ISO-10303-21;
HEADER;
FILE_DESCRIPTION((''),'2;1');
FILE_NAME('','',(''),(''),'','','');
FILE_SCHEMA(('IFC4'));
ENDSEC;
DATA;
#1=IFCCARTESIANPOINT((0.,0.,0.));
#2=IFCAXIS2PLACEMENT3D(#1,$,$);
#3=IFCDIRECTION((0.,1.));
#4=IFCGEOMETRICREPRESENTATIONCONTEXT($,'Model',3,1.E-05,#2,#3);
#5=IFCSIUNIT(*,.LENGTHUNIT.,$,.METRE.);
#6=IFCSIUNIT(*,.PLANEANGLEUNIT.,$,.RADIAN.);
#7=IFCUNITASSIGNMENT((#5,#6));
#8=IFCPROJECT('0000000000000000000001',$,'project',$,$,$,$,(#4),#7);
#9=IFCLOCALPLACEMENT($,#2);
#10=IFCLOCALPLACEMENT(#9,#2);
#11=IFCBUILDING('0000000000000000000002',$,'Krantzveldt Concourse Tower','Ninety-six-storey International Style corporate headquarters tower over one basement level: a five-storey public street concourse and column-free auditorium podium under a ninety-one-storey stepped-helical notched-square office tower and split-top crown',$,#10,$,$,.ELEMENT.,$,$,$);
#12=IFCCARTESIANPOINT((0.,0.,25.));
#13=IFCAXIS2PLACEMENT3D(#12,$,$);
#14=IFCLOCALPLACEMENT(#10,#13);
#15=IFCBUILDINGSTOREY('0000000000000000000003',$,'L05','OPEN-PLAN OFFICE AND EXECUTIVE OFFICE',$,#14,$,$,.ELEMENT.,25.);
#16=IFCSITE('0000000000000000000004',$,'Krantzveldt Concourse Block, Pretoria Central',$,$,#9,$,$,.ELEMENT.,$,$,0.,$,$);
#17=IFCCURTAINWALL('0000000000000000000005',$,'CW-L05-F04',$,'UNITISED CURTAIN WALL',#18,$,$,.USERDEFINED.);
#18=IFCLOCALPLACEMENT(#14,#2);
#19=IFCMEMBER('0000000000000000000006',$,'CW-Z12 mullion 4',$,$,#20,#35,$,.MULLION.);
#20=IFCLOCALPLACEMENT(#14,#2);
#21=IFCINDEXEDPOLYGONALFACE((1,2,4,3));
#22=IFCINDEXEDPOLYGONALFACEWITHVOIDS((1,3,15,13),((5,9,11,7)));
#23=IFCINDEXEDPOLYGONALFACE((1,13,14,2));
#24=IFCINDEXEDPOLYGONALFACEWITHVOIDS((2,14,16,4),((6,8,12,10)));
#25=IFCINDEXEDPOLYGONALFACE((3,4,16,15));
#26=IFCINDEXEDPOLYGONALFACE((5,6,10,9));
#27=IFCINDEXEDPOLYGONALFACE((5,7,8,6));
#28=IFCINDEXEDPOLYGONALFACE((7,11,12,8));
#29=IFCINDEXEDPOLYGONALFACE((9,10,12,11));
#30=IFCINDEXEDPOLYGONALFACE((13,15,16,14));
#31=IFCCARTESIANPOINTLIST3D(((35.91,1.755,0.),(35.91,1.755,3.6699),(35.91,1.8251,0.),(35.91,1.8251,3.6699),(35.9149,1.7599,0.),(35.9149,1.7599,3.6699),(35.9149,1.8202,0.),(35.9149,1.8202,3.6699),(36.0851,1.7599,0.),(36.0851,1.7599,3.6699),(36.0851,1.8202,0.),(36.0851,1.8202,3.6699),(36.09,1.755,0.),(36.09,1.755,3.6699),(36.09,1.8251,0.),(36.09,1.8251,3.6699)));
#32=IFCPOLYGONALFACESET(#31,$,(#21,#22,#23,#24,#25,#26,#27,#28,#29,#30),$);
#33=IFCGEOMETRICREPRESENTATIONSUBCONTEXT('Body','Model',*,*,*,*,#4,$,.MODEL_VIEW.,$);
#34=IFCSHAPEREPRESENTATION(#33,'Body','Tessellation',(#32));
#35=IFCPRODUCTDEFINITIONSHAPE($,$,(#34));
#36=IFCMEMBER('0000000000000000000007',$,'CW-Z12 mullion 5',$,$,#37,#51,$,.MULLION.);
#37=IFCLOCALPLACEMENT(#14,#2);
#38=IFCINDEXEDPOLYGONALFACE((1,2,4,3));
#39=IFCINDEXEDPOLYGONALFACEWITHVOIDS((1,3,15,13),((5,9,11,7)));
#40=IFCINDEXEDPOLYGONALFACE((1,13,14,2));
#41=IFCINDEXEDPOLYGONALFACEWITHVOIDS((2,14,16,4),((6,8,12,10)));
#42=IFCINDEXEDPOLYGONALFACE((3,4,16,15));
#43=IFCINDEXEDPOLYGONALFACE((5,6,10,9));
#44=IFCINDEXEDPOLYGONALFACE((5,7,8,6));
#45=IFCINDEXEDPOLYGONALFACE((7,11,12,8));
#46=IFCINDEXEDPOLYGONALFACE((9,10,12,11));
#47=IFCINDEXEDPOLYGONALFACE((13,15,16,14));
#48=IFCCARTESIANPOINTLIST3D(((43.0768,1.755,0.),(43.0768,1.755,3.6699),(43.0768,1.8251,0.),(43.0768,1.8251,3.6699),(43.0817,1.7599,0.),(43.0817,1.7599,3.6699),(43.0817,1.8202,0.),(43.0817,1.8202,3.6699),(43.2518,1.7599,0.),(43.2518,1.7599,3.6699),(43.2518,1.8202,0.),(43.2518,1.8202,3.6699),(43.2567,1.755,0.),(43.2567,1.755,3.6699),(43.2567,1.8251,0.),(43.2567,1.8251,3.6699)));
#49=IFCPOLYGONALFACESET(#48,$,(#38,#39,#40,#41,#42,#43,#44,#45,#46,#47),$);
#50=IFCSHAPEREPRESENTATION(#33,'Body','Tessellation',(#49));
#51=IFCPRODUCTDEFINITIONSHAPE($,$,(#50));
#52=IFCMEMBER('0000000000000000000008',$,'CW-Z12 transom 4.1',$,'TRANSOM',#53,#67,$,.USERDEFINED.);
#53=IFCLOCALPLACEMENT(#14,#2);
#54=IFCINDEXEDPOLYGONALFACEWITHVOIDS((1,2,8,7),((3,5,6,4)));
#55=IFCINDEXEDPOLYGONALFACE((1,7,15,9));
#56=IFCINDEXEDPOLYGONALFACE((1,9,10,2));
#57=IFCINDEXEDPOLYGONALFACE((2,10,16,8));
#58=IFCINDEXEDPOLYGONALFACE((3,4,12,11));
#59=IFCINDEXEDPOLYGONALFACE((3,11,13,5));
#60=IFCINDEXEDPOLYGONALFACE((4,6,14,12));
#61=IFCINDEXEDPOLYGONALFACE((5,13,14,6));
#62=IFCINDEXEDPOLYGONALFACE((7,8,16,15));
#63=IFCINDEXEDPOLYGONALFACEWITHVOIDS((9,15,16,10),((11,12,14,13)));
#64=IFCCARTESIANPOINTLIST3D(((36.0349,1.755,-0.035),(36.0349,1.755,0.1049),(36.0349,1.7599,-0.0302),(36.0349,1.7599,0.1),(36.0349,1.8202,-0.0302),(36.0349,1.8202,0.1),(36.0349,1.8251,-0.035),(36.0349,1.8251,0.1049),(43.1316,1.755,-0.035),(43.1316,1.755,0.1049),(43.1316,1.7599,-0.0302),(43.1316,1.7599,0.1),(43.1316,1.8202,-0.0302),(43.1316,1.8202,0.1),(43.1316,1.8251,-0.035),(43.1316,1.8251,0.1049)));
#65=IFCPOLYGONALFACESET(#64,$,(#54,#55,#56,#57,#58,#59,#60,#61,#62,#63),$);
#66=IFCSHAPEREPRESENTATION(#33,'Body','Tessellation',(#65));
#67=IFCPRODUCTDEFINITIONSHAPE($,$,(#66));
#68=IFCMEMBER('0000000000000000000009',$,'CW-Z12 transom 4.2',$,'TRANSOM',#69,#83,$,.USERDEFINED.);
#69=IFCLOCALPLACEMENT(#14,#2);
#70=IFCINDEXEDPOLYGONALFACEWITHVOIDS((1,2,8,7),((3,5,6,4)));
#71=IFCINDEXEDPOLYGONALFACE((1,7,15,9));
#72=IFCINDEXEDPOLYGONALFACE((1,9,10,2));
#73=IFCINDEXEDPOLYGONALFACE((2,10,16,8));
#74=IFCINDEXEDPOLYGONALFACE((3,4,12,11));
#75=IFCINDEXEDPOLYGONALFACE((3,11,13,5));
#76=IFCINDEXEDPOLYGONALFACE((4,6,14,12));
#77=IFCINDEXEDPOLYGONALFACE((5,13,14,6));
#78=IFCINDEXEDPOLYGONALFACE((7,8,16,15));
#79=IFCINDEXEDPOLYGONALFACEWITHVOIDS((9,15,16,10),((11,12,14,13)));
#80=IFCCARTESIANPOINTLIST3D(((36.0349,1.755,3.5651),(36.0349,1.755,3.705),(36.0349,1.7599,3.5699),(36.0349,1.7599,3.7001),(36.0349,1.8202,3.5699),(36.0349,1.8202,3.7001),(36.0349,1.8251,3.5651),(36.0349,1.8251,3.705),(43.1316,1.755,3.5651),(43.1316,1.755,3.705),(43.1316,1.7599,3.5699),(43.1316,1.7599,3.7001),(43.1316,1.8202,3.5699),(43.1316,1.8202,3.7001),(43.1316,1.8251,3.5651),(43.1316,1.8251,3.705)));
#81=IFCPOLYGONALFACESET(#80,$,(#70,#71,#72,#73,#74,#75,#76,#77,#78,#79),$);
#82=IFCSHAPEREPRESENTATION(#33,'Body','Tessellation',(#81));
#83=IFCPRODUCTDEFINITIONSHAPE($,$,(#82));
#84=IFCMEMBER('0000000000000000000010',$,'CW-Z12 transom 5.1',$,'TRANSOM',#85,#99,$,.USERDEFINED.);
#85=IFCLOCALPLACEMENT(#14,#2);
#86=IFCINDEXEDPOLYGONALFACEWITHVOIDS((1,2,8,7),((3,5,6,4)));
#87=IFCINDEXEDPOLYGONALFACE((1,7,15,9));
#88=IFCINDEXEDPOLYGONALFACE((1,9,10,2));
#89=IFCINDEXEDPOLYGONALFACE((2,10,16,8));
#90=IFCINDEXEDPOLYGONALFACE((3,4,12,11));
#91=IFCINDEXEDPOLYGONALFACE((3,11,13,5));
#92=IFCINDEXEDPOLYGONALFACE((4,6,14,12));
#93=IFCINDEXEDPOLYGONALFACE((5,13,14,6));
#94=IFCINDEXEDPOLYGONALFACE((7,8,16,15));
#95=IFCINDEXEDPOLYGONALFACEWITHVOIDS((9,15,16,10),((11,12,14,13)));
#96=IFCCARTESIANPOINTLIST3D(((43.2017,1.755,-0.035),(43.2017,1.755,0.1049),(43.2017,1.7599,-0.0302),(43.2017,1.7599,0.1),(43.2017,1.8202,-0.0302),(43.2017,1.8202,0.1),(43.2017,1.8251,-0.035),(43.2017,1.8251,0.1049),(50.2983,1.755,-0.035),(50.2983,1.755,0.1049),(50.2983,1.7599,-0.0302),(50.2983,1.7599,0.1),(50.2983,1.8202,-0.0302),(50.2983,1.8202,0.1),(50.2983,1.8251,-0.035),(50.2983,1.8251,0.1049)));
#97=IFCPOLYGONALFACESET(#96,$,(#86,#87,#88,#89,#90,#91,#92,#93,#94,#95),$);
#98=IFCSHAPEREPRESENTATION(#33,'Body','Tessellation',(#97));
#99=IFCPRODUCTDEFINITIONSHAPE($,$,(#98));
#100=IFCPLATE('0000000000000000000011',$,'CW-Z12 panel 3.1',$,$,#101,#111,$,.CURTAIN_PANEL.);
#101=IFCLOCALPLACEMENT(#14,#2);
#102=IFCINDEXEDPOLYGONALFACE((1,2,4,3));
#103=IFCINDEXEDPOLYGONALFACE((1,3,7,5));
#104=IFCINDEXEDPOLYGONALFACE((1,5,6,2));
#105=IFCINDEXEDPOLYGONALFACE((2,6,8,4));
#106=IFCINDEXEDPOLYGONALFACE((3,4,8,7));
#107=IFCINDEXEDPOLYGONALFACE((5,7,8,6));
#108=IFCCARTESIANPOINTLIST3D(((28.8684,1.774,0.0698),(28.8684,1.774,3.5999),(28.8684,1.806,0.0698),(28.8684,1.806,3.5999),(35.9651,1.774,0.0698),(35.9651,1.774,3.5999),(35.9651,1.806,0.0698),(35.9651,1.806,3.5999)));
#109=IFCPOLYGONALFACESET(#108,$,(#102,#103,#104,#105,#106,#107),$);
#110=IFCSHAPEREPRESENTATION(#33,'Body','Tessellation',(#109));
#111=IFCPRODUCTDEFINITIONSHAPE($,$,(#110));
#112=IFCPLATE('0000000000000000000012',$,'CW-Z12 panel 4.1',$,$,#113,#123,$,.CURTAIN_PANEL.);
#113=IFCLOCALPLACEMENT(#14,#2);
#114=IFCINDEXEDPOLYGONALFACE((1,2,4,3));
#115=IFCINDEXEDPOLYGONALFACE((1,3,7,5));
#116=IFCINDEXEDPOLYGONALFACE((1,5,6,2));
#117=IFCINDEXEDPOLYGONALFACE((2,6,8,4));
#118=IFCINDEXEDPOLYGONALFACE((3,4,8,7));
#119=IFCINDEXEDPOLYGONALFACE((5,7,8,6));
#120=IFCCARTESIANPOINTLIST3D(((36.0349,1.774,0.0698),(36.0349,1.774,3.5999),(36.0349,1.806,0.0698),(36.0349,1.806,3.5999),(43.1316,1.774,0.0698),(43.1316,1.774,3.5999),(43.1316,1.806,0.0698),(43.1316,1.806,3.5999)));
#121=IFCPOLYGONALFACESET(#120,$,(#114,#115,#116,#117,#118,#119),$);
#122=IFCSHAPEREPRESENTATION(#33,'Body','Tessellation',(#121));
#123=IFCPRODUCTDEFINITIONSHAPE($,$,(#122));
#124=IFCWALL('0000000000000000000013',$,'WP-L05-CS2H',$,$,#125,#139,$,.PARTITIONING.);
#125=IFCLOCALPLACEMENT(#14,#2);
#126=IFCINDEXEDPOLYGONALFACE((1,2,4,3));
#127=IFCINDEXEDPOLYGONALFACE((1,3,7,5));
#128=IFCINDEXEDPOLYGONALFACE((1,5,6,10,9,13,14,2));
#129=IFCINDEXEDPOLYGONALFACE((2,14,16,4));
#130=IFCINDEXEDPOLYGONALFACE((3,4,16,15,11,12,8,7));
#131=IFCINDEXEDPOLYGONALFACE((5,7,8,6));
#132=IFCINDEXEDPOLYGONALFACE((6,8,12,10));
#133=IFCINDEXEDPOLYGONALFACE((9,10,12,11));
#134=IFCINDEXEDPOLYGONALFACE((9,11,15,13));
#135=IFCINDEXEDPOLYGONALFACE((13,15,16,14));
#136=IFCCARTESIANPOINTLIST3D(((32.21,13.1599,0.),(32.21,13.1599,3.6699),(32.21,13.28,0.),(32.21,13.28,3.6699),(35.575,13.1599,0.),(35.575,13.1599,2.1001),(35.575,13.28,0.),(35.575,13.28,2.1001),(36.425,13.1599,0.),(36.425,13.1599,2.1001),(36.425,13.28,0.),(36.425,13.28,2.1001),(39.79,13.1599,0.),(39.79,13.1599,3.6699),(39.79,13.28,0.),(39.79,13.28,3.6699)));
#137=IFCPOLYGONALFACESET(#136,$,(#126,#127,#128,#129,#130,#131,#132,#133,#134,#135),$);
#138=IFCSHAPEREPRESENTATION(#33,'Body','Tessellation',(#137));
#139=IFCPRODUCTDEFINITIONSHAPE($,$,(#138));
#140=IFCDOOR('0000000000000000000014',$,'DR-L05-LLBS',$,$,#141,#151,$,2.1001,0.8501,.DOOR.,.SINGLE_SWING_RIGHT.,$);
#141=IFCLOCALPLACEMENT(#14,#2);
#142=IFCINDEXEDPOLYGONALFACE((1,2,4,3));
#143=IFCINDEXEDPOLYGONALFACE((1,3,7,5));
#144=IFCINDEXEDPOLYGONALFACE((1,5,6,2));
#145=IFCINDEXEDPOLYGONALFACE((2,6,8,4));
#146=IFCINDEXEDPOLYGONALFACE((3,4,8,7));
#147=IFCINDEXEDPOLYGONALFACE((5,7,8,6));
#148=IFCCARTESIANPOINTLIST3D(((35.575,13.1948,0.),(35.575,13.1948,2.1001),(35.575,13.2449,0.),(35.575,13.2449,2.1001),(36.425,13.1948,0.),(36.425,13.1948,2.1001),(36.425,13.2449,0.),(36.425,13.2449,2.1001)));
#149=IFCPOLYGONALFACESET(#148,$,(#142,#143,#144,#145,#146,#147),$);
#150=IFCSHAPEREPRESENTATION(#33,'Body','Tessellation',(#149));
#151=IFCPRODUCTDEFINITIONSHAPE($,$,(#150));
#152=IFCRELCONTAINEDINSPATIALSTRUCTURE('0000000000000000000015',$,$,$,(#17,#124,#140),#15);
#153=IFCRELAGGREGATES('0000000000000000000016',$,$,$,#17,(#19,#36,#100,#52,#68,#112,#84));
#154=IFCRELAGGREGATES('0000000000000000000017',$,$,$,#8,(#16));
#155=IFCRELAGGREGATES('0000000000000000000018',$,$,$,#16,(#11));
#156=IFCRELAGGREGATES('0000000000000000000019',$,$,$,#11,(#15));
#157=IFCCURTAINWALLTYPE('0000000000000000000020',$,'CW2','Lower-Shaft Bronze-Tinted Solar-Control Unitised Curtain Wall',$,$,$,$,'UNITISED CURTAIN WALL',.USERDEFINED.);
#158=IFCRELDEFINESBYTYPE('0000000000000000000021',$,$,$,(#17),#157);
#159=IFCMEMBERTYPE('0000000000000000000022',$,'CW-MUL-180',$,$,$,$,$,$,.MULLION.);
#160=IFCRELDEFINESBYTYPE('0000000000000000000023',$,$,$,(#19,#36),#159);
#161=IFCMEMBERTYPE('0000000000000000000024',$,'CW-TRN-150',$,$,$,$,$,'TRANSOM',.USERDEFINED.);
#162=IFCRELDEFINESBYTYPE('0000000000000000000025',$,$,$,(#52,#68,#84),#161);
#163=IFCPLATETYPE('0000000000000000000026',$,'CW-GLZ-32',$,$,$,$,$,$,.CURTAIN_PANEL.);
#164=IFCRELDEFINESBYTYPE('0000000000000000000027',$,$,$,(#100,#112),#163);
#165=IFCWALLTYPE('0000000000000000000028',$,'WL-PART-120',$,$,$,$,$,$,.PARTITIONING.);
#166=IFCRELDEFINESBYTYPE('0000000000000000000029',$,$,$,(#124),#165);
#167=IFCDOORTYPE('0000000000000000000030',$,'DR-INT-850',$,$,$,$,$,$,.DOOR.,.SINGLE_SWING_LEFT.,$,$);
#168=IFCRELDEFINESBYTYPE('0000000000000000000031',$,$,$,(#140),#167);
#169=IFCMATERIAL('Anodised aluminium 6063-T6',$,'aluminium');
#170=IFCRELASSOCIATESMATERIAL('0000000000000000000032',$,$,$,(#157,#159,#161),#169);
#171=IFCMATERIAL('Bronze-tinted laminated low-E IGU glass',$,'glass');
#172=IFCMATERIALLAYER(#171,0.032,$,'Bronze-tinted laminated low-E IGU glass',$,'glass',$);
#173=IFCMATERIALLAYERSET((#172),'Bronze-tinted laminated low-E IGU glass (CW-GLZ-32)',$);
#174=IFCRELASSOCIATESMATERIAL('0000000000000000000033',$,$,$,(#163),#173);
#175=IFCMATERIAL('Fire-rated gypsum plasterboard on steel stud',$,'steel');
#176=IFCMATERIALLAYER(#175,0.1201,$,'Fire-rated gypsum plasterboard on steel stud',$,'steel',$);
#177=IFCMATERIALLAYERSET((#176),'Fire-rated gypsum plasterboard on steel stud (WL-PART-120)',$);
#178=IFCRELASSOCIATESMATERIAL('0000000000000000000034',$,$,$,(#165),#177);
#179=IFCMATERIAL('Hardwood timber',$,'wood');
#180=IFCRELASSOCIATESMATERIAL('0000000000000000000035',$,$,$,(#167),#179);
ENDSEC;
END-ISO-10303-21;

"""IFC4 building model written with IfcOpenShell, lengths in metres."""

from ifc_helpers import new_model, si_unit, direction, frame, frame_2d, origin, origin_2d, place, context, subcontext, project, spatial, rectangle, hollow_rectangle, extrude, source, transform, mapped, material, layer, layer_set, material_profile, profile_set, type_object, type_shapes, element, fill, aggregate, save


model = new_model("IFC4")

# Units and contexts
model_context = context("Model", 3, precision=1e-05, world=origin(), true_north=direction((0.0, 1.0)))
body_context = subcontext(model_context, "Body", "Model", "MODEL_VIEW")
ifc_project = project(units=[si_unit("LENGTHUNIT", "METRE"), si_unit("PLANEANGLEUNIT", "RADIAN")], contexts=[model_context])

# Site, building, storey
site_placement = place(None, origin())
site = spatial("IfcSite", under=ifc_project, at=site_placement, Name="Krantzveldt Concourse Block, Pretoria Central", CompositionType="ELEMENT", RefElevation=0.0)
building_placement = place(site_placement, origin())
building = spatial("IfcBuilding", under=site, at=building_placement, Name="Krantzveldt Concourse Tower", Description="Ninety-six-storey International Style corporate headquarters tower over one basement level: a five-storey public street concourse and column-free auditorium podium under a ninety-one-storey stepped-helical notched-square office tower and split-top crown", CompositionType="ELEMENT")
storey_placement = place(building_placement, frame((0.0, 0.0, 25.0)))
storey = spatial("IfcBuildingStorey", under=building, at=storey_placement, Name="L05", Description="OPEN-PLAN OFFICE AND EXECUTIVE OFFICE", CompositionType="ELEMENT", Elevation=25.0)

# Curtain wall, members, plates
ifc_material_1 = material(Name="Anodised aluminium 6063-T6", Category="aluminium")
curtain_wall_type = type_object("IfcCurtainWallType", Name="CW2", Description="Lower-Shaft Bronze-Tinted Solar-Control Unitised Curtain Wall", ElementType="UNITISED CURTAIN WALL", PredefinedType="USERDEFINED", material=ifc_material_1)
curtain_wall_placement = place(storey_placement, origin())
curtain_wall = element("IfcCurtainWall", 1, at=curtain_wall_placement, inside=storey, type_object=curtain_wall_type, Name="CW-L05-F04", ObjectType="UNITISED CURTAIN WALL", PredefinedType="USERDEFINED")
ifc_material_profile_1 = material_profile(ifc_material_1, hollow_rectangle(XDim=0.0701, YDim=0.1799, WallThickness=0.0049, at=origin_2d()), Name="Anodised aluminium 6063-T6", Category="aluminium")
ifc_profile_set_1 = profile_set([ifc_material_profile_1], Name="Anodised aluminium 6063-T6 - ALU-MULL 180x70x5")
member_type_1 = type_object("IfcMemberType", Name="CW-MUL-180", PredefinedType="MULLION", material=ifc_profile_set_1)
shared_shape_1 = source(origin(), body_context, "Body", "SweptSolid", [
    extrude(hollow_rectangle(XDim=0.0701, YDim=0.1799, WallThickness=0.0049, at=origin_2d()), origin(), (0.0, 0.0, 1.0), 3.6699),
])
type_shapes(member_type_1, [shared_shape_1])
member_1_placement = place(storey_placement, frame((36.0, 1.79, 0.0), z_axis=(0.0, 0.0, 1.0), x_axis=(0.0, 1.0, 0.0)))
member_1 = element("IfcMember", 2, at=member_1_placement, type_object=member_type_1, Name="CW-Z12 mullion 4", PredefinedType="MULLION", context=body_context, shape_type="MappedRepresentation", body=[
    mapped(shared_shape_1, transform((0.0, 0.0, 0.0), x_axis=(1.0, 0.0, 0.0), y_axis=(0.0, 1.0, 0.0), z_axis=(0.0, 0.0, 1.0), scale=1.0)),
])
member_2_placement = place(storey_placement, frame((43.1667, 1.79, 0.0), z_axis=(0.0, 0.0, 1.0), x_axis=(0.0, 1.0, 0.0)))
member_2 = element("IfcMember", 3, at=member_2_placement, type_object=member_type_1, Name="CW-Z12 mullion 5", PredefinedType="MULLION", context=body_context, shape_type="MappedRepresentation", body=[
    mapped(shared_shape_1, transform((0.0, 0.0, 0.0), x_axis=(1.0, 0.0, 0.0), y_axis=(0.0, 1.0, 0.0), z_axis=(0.0, 0.0, 1.0), scale=1.0)),
])
ifc_material_profile_2 = material_profile(ifc_material_1, hollow_rectangle(XDim=0.0701, YDim=0.1399, WallThickness=0.0049, at=origin_2d()), Name="Anodised aluminium 6063-T6", Category="aluminium")
ifc_profile_set_2 = profile_set([ifc_material_profile_2], Name="Anodised aluminium 6063-T6 - ALU-TRAN 140x70x5")
member_type_2 = type_object("IfcMemberType", Name="CW-TRN-150", ElementType="TRANSOM", PredefinedType="USERDEFINED", material=ifc_profile_set_2)
shared_shape_2 = source(origin(), body_context, "Body", "SweptSolid", [
    extrude(hollow_rectangle(XDim=0.0701, YDim=0.1399, WallThickness=0.0049, at=origin_2d()), origin(), (0.0, 0.0, 1.0), 7.0967),
])
type_shapes(member_type_2, [shared_shape_2])
member_3_placement = place(storey_placement, frame((36.0349, 1.79, 0.0349), z_axis=(1.0, 0.0, 0.0), x_axis=(0.0, 1.0, 0.0)))
member_3 = element("IfcMember", 4, at=member_3_placement, type_object=member_type_2, Name="CW-Z12 transom 4.1", ObjectType="TRANSOM", PredefinedType="USERDEFINED", context=body_context, shape_type="MappedRepresentation", body=[
    mapped(shared_shape_2, transform((0.0, 0.0, 0.0), x_axis=(1.0, 0.0, 0.0), y_axis=(0.0, 1.0, 0.0), z_axis=(0.0, 0.0, 1.0), scale=1.0)),
])
member_4_placement = place(storey_placement, frame((36.0349, 1.79, 3.635), z_axis=(1.0, 0.0, 0.0), x_axis=(0.0, 1.0, 0.0)))
member_4 = element("IfcMember", 5, at=member_4_placement, type_object=member_type_2, Name="CW-Z12 transom 4.2", ObjectType="TRANSOM", PredefinedType="USERDEFINED", context=body_context, shape_type="MappedRepresentation", body=[
    mapped(shared_shape_2, transform((0.0, 0.0, 0.0), x_axis=(1.0, 0.0, 0.0), y_axis=(0.0, 1.0, 0.0), z_axis=(0.0, 0.0, 1.0), scale=1.0)),
])
member_5_placement = place(storey_placement, frame((43.2017, 1.79, 0.0349), z_axis=(1.0, 0.0, 0.0), x_axis=(0.0, 1.0, 0.0)))
member_5 = element("IfcMember", 6, at=member_5_placement, type_object=member_type_2, Name="CW-Z12 transom 5.1", ObjectType="TRANSOM", PredefinedType="USERDEFINED", context=body_context, shape_type="MappedRepresentation", body=[
    mapped(shared_shape_2, transform((0.0, 0.0, 0.0), x_axis=(1.0, 0.0, 0.0), y_axis=(0.0, 1.0, 0.0), z_axis=(0.0, 0.0, 1.0), scale=1.0)),
])
ifc_material_2 = material(Name="Bronze-tinted laminated low-E IGU glass", Category="glass")
ifc_layer_1 = layer(ifc_material_2, 0.032, Name="Bronze-tinted laminated low-E IGU glass", Category="glass")
ifc_layer_set_1 = layer_set([ifc_layer_1], Name="Bronze-tinted laminated low-E IGU glass (CW-GLZ-32)")
plate_type = type_object("IfcPlateType", Name="CW-GLZ-32", PredefinedType="CURTAIN_PANEL", material=ifc_layer_set_1)
shared_shape_3 = source(origin(), body_context, "Body", "SweptSolid", [
    extrude(rectangle(XDim=7.0967, YDim=0.032, at=origin_2d()), origin(), (0.0, 0.0, 1.0), 3.53),
])
type_shapes(plate_type, [shared_shape_3])
plate_1_placement = place(storey_placement, frame((32.4167, 1.79, 0.0698), z_axis=(0.0, 0.0, 1.0), x_axis=(1.0, 0.0, 0.0)))
plate_1 = element("IfcPlate", 7, at=plate_1_placement, type_object=plate_type, Name="CW-Z12 panel 3.1", PredefinedType="CURTAIN_PANEL", context=body_context, shape_type="MappedRepresentation", body=[
    mapped(shared_shape_3, transform((0.0, 0.0, 0.0), x_axis=(1.0, 0.0, 0.0), y_axis=(0.0, 1.0, 0.0), z_axis=(0.0, 0.0, 1.0), scale=1.0)),
])
plate_2_placement = place(storey_placement, frame((39.5833, 1.79, 0.0698), z_axis=(0.0, 0.0, 1.0), x_axis=(1.0, 0.0, 0.0)))
plate_2 = element("IfcPlate", 8, at=plate_2_placement, type_object=plate_type, Name="CW-Z12 panel 4.1", PredefinedType="CURTAIN_PANEL", context=body_context, shape_type="MappedRepresentation", body=[
    mapped(shared_shape_3, transform((0.0, 0.0, 0.0), x_axis=(1.0, 0.0, 0.0), y_axis=(0.0, 1.0, 0.0), z_axis=(0.0, 0.0, 1.0), scale=1.0)),
])
aggregate(curtain_wall, [member_1, member_2, plate_1, member_3, member_4, plate_2, member_5])

# Wall, opening, door
ifc_material_3 = material(Name="Fire-rated gypsum plasterboard on steel stud", Category="steel")
ifc_layer_2 = layer(ifc_material_3, 0.1201, Name="Fire-rated gypsum plasterboard on steel stud", Category="steel")
ifc_layer_set_2 = layer_set([ifc_layer_2], Name="Fire-rated gypsum plasterboard on steel stud (WL-PART-120)")
wall_type_1 = type_object("IfcWallType", Name="WL-PART-120", PredefinedType="PARTITIONING", material=ifc_layer_set_2)
wall_1_placement = place(storey_placement, frame((32.21, 13.22, 0.0), z_axis=(0.0, 0.0, 1.0), x_axis=(1.0, 0.0, 0.0)))
wall_1 = element("IfcWall", 9, at=wall_1_placement, inside=storey, type_object=wall_type_1, Name="WP-L05-CS2H", PredefinedType="PARTITIONING", context=body_context, shape_type="SweptSolid", body=[
    extrude(rectangle(XDim=7.5801, YDim=0.1201, at=frame_2d((3.79, 0.0))), origin(), (0.0, 0.0, 1.0), 3.6699),
])
opening_1_placement = place(wall_1_placement, frame((3.365, 0.0, 0.0)))
opening_1 = element("IfcOpeningElement", 10, at=opening_1_placement, cuts=wall_1, PredefinedType="OPENING", context=body_context, shape_type="SweptSolid", body=[
    extrude(rectangle(XDim=0.8501, YDim=2.1001, at=frame_2d((0.425, 1.05))), frame((0.0, 0.0701, 0.0), z_axis=(0.0, -1.0, 0.0), x_axis=(1.0, 0.0, 0.0)), (0.0, 0.0, 1.0), 0.1401),
])
ifc_material_4 = material(Name="Hardwood timber", Category="wood")
door_type_1 = type_object("IfcDoorType", Name="DR-INT-850", OperationType="SINGLE_SWING_LEFT", PredefinedType="DOOR", material=ifc_material_4)
door_1_placement = place(opening_1_placement, origin())
door_1 = element("IfcDoor", 11, at=door_1_placement, inside=storey, type_object=door_type_1, Name="DR-L05-LLBS", OperationType="SINGLE_SWING_RIGHT", OverallHeight=2.1001, OverallWidth=0.8501, PredefinedType="DOOR", context=body_context, shape_type="SweptSolid", body=[
    extrude(rectangle(XDim=0.8501, YDim=2.1001, at=frame_2d((0.425, 1.05))), frame((0.0, 0.0249, 0.0), z_axis=(0.0, -1.0, 0.0), x_axis=(1.0, 0.0, 0.0)), (0.0, 0.0, 1.0), 0.05),
])
fill(opening_1, door_1)

save(model, "model.ifc")
